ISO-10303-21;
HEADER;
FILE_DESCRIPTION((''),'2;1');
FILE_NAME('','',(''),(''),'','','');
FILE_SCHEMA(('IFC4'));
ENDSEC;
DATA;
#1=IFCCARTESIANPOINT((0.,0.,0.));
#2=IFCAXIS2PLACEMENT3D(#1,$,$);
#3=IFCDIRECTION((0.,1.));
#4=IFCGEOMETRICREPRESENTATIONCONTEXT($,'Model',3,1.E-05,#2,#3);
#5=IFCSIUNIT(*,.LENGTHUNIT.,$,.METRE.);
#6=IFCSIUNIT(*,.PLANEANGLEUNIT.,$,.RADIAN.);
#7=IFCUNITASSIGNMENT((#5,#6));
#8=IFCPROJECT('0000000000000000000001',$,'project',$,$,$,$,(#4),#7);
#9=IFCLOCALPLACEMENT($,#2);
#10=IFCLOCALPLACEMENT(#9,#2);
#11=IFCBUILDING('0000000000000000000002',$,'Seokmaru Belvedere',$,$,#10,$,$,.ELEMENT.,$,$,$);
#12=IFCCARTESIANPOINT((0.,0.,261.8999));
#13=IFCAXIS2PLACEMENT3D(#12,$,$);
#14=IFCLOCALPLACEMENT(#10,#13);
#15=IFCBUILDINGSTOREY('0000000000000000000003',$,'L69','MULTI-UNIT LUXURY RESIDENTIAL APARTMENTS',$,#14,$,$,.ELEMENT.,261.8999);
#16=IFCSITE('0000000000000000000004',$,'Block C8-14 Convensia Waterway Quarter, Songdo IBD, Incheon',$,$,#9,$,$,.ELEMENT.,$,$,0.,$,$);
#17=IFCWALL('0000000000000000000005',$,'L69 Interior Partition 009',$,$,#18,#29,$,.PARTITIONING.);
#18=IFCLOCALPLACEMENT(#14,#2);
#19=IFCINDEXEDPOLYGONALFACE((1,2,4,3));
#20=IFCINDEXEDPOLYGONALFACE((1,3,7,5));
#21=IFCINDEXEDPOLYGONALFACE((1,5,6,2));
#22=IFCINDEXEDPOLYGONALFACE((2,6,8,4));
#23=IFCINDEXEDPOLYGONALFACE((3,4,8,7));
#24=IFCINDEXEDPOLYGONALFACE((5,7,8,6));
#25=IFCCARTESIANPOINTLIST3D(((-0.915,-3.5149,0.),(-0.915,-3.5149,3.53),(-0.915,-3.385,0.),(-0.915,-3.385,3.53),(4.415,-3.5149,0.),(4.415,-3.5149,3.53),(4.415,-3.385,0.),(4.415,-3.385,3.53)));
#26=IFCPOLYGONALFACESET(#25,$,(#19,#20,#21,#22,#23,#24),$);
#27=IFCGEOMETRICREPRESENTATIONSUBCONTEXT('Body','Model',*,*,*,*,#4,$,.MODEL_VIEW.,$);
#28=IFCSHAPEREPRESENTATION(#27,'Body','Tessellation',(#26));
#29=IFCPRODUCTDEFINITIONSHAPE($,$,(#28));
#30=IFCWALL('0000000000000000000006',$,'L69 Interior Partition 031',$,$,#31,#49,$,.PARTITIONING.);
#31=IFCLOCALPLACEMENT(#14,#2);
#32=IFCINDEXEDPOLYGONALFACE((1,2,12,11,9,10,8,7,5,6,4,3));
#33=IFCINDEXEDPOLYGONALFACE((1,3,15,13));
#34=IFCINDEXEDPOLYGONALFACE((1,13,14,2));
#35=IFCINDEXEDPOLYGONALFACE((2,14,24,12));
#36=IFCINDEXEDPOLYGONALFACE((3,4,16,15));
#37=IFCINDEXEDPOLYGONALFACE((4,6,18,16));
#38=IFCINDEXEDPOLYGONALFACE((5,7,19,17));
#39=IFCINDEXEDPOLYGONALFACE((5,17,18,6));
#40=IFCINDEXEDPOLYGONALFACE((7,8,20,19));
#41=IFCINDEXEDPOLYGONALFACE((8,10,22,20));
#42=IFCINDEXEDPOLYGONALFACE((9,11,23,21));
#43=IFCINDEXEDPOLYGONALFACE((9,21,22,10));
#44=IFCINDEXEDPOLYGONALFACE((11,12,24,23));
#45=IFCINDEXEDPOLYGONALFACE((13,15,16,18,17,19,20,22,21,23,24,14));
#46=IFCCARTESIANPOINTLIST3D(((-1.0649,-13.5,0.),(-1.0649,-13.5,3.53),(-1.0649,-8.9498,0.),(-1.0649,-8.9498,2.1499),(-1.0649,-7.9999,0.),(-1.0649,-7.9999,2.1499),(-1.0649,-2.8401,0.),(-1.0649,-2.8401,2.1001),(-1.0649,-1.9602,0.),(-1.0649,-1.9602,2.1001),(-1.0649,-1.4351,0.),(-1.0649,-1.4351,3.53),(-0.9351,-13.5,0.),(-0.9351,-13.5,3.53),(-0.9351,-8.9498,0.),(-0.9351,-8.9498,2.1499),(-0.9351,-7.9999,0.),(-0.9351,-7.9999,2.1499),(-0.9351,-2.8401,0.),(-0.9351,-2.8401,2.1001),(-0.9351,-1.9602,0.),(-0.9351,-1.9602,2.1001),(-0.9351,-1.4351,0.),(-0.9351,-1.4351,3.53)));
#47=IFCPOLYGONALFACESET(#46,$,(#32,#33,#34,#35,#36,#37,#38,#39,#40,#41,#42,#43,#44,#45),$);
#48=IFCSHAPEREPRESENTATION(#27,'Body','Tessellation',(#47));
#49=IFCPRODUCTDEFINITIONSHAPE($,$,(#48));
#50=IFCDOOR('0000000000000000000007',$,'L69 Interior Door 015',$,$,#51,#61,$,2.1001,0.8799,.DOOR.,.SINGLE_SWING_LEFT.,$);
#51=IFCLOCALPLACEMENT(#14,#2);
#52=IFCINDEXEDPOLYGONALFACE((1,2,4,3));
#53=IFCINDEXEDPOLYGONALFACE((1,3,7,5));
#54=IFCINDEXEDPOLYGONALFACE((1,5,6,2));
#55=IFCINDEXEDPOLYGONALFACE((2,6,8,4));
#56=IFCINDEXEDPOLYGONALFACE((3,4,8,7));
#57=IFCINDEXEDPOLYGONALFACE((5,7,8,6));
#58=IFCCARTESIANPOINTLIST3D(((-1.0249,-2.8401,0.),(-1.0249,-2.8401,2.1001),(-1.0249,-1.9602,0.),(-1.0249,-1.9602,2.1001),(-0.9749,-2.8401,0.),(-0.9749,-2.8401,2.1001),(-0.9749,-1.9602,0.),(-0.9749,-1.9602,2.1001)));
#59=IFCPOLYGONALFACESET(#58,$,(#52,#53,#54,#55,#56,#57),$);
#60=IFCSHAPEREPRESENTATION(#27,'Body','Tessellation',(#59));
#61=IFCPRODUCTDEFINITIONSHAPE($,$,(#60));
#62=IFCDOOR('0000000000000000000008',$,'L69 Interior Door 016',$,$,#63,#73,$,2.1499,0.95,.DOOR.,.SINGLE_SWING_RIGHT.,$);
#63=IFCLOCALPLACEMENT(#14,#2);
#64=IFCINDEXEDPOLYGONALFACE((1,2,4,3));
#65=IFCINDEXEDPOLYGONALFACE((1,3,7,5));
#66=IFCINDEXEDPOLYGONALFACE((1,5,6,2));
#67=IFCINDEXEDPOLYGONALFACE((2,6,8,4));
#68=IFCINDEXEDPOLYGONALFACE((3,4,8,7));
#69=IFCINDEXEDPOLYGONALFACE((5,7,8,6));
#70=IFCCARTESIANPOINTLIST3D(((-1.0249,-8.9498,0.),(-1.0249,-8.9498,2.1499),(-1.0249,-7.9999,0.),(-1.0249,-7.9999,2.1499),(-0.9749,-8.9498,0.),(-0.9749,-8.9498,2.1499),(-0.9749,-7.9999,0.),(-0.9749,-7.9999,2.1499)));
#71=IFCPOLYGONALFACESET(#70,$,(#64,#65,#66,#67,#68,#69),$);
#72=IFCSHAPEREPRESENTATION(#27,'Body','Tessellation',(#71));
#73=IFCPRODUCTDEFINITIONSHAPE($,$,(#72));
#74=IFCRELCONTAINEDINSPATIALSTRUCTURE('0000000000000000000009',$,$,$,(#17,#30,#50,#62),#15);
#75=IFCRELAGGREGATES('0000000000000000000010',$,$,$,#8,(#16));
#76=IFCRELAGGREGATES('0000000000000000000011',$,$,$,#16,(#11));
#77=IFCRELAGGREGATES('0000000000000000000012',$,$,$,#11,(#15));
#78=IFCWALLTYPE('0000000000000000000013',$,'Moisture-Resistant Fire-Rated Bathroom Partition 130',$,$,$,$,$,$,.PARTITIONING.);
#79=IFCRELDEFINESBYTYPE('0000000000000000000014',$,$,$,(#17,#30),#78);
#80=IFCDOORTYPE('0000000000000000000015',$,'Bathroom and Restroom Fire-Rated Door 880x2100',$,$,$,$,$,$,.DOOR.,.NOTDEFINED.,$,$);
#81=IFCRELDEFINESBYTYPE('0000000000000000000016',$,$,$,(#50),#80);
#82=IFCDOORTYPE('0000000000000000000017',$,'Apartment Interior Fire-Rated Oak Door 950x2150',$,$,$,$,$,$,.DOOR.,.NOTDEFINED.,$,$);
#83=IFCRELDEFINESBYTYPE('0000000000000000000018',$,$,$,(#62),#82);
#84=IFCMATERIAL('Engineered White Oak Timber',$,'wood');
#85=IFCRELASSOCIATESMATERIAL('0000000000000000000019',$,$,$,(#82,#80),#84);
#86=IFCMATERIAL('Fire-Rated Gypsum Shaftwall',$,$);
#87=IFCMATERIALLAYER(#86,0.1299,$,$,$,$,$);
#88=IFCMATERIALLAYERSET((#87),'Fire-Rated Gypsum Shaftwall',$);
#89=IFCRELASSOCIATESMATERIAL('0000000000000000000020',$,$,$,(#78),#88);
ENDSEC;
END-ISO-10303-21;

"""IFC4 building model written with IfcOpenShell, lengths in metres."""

from ifc_helpers import new_model, si_unit, direction, frame, frame_2d, origin, place, context, subcontext, project, spatial, rectangle, extrude, source, transform, mapped, material, layer, layer_set, type_object, type_shapes, element, fill, save


model = new_model("IFC4")

# Units and contexts
model_context = context("Model", 3, precision=1e-05, world=origin(), true_north=direction((0.0, 1.0)))
body_context = subcontext(model_context, "Body", "Model", "MODEL_VIEW")
ifc_project = project(units=[si_unit("LENGTHUNIT", "METRE"), si_unit("PLANEANGLEUNIT", "RADIAN")], contexts=[model_context])

# Site, building, storey
site_placement = place(None, origin())
site = spatial("IfcSite", under=ifc_project, at=site_placement, Name="Block C8-14 Convensia Waterway Quarter, Songdo IBD, Incheon", CompositionType="ELEMENT", RefElevation=0.0)
building_placement = place(site_placement, origin())
building = spatial("IfcBuilding", under=site, at=building_placement, Name="Seokmaru Belvedere", CompositionType="ELEMENT")
storey_placement = place(building_placement, frame((0.0, 0.0, 261.8999)))
storey = spatial("IfcBuildingStorey", under=building, at=storey_placement, Name="L69", Description="MULTI-UNIT LUXURY RESIDENTIAL APARTMENTS", CompositionType="ELEMENT", Elevation=261.8999)

# Shared definitions
ifc_material_1 = material(Name="Fire-Rated Gypsum Shaftwall")
ifc_material_2 = material(Name="Engineered White Oak Timber", Category="wood")
door_type_1 = type_object("IfcDoorType", Name="Apartment Interior Fire-Rated Oak Door 950x2150", OperationType="NOTDEFINED", PredefinedType="DOOR", material=ifc_material_2)
shared_shape_1 = source(origin(), body_context, "Body", "SweptSolid", [
    extrude(rectangle(XDim=0.95, YDim=2.1499, at=frame_2d((0.4751, 1.075))), frame((0.0, 0.0249, 0.0), z_axis=(0.0, -1.0, 0.0), x_axis=(1.0, 0.0, 0.0)), (0.0, 0.0, 1.0), 0.05),
])
type_shapes(door_type_1, [shared_shape_1])

# Wall
ifc_layer_1 = layer(ifc_material_1, 0.1299)
ifc_layer_set_1 = layer_set([ifc_layer_1], Name="Fire-Rated Gypsum Shaftwall")
wall_type_1 = type_object("IfcWallType", Name="Moisture-Resistant Fire-Rated Bathroom Partition 130", PredefinedType="PARTITIONING", material=ifc_layer_set_1)
wall_1_placement = place(storey_placement, frame((-0.915, -3.45, 0.0), z_axis=(0.0, 0.0, 1.0), x_axis=(1.0, 0.0, 0.0)))
element("IfcWall", 1, at=wall_1_placement, inside=storey, type_object=wall_type_1, Name="L69 Interior Partition 009", PredefinedType="PARTITIONING", context=body_context, shape_type="SweptSolid", body=[
    extrude(rectangle(XDim=5.3301, YDim=0.1299, at=frame_2d((2.665, 0.0))), origin(), (0.0, 0.0, 1.0), 3.53),
])

# Wall, openings, doors
wall_2_placement = place(storey_placement, frame((-1.0, -13.5, 0.0), z_axis=(0.0, 0.0, 1.0), x_axis=(0.0, 1.0, 0.0)))
wall_2 = element("IfcWall", 2, at=wall_2_placement, inside=storey, type_object=wall_type_1, Name="L69 Interior Partition 031", PredefinedType="PARTITIONING", context=body_context, shape_type="SweptSolid", body=[
    extrude(rectangle(XDim=12.0649, YDim=0.1299, at=frame_2d((6.0325, 0.0))), origin(), (0.0, 0.0, 1.0), 3.53),
])
opening_1_placement = place(wall_2_placement, frame((10.6599, 0.0, 0.0)))
opening_1 = element("IfcOpeningElement", 3, at=opening_1_placement, cuts=wall_2, PredefinedType="OPENING", context=body_context, shape_type="SweptSolid", body=[
    extrude(rectangle(XDim=0.8799, YDim=2.1001, at=frame_2d((0.4399, 1.05))), frame((0.0, 0.075, 0.0), z_axis=(0.0, -1.0, 0.0), x_axis=(1.0, 0.0, 0.0)), (0.0, 0.0, 1.0), 0.1499),
])
opening_2_placement = place(wall_2_placement, frame((4.55, 0.0, 0.0)))
opening_2 = element("IfcOpeningElement", 4, at=opening_2_placement, cuts=wall_2, PredefinedType="OPENING", context=body_context, shape_type="SweptSolid", body=[
    extrude(rectangle(XDim=0.95, YDim=2.1499, at=frame_2d((0.4751, 1.075))), frame((0.0, 0.075, 0.0), z_axis=(0.0, -1.0, 0.0), x_axis=(1.0, 0.0, 0.0)), (0.0, 0.0, 1.0), 0.1499),
])
door_type_2 = type_object("IfcDoorType", Name="Bathroom and Restroom Fire-Rated Door 880x2100", OperationType="NOTDEFINED", PredefinedType="DOOR", material=ifc_material_2)
shared_shape_2 = source(origin(), body_context, "Body", "SweptSolid", [
    extrude(rectangle(XDim=0.8799, YDim=2.1001, at=frame_2d((0.4399, 1.05))), frame((0.0, 0.0249, 0.0), z_axis=(0.0, -1.0, 0.0), x_axis=(1.0, 0.0, 0.0)), (0.0, 0.0, 1.0), 0.05),
])
type_shapes(door_type_2, [shared_shape_2])
door_1_placement = place(opening_1_placement, origin())
door_1 = element("IfcDoor", 5, at=door_1_placement, inside=storey, type_object=door_type_2, Name="L69 Interior Door 015", OperationType="SINGLE_SWING_LEFT", OverallHeight=2.1001, OverallWidth=0.8799, PredefinedType="DOOR", context=body_context, shape_type="MappedRepresentation", body=[
    mapped(shared_shape_2, transform((0.0, 0.0, 0.0), scale=1.0)),
])
fill(opening_1, door_1)
door_2_placement = place(opening_2_placement, origin())
door_2 = element("IfcDoor", 6, at=door_2_placement, inside=storey, type_object=door_type_1, Name="L69 Interior Door 016", OperationType="SINGLE_SWING_RIGHT", OverallHeight=2.1499, OverallWidth=0.95, PredefinedType="DOOR", context=body_context, shape_type="MappedRepresentation", body=[
    mapped(shared_shape_1, transform((0.0, 0.0, 0.0), scale=1.0)),
])
fill(opening_2, door_2)

save(model, "model.ifc")
